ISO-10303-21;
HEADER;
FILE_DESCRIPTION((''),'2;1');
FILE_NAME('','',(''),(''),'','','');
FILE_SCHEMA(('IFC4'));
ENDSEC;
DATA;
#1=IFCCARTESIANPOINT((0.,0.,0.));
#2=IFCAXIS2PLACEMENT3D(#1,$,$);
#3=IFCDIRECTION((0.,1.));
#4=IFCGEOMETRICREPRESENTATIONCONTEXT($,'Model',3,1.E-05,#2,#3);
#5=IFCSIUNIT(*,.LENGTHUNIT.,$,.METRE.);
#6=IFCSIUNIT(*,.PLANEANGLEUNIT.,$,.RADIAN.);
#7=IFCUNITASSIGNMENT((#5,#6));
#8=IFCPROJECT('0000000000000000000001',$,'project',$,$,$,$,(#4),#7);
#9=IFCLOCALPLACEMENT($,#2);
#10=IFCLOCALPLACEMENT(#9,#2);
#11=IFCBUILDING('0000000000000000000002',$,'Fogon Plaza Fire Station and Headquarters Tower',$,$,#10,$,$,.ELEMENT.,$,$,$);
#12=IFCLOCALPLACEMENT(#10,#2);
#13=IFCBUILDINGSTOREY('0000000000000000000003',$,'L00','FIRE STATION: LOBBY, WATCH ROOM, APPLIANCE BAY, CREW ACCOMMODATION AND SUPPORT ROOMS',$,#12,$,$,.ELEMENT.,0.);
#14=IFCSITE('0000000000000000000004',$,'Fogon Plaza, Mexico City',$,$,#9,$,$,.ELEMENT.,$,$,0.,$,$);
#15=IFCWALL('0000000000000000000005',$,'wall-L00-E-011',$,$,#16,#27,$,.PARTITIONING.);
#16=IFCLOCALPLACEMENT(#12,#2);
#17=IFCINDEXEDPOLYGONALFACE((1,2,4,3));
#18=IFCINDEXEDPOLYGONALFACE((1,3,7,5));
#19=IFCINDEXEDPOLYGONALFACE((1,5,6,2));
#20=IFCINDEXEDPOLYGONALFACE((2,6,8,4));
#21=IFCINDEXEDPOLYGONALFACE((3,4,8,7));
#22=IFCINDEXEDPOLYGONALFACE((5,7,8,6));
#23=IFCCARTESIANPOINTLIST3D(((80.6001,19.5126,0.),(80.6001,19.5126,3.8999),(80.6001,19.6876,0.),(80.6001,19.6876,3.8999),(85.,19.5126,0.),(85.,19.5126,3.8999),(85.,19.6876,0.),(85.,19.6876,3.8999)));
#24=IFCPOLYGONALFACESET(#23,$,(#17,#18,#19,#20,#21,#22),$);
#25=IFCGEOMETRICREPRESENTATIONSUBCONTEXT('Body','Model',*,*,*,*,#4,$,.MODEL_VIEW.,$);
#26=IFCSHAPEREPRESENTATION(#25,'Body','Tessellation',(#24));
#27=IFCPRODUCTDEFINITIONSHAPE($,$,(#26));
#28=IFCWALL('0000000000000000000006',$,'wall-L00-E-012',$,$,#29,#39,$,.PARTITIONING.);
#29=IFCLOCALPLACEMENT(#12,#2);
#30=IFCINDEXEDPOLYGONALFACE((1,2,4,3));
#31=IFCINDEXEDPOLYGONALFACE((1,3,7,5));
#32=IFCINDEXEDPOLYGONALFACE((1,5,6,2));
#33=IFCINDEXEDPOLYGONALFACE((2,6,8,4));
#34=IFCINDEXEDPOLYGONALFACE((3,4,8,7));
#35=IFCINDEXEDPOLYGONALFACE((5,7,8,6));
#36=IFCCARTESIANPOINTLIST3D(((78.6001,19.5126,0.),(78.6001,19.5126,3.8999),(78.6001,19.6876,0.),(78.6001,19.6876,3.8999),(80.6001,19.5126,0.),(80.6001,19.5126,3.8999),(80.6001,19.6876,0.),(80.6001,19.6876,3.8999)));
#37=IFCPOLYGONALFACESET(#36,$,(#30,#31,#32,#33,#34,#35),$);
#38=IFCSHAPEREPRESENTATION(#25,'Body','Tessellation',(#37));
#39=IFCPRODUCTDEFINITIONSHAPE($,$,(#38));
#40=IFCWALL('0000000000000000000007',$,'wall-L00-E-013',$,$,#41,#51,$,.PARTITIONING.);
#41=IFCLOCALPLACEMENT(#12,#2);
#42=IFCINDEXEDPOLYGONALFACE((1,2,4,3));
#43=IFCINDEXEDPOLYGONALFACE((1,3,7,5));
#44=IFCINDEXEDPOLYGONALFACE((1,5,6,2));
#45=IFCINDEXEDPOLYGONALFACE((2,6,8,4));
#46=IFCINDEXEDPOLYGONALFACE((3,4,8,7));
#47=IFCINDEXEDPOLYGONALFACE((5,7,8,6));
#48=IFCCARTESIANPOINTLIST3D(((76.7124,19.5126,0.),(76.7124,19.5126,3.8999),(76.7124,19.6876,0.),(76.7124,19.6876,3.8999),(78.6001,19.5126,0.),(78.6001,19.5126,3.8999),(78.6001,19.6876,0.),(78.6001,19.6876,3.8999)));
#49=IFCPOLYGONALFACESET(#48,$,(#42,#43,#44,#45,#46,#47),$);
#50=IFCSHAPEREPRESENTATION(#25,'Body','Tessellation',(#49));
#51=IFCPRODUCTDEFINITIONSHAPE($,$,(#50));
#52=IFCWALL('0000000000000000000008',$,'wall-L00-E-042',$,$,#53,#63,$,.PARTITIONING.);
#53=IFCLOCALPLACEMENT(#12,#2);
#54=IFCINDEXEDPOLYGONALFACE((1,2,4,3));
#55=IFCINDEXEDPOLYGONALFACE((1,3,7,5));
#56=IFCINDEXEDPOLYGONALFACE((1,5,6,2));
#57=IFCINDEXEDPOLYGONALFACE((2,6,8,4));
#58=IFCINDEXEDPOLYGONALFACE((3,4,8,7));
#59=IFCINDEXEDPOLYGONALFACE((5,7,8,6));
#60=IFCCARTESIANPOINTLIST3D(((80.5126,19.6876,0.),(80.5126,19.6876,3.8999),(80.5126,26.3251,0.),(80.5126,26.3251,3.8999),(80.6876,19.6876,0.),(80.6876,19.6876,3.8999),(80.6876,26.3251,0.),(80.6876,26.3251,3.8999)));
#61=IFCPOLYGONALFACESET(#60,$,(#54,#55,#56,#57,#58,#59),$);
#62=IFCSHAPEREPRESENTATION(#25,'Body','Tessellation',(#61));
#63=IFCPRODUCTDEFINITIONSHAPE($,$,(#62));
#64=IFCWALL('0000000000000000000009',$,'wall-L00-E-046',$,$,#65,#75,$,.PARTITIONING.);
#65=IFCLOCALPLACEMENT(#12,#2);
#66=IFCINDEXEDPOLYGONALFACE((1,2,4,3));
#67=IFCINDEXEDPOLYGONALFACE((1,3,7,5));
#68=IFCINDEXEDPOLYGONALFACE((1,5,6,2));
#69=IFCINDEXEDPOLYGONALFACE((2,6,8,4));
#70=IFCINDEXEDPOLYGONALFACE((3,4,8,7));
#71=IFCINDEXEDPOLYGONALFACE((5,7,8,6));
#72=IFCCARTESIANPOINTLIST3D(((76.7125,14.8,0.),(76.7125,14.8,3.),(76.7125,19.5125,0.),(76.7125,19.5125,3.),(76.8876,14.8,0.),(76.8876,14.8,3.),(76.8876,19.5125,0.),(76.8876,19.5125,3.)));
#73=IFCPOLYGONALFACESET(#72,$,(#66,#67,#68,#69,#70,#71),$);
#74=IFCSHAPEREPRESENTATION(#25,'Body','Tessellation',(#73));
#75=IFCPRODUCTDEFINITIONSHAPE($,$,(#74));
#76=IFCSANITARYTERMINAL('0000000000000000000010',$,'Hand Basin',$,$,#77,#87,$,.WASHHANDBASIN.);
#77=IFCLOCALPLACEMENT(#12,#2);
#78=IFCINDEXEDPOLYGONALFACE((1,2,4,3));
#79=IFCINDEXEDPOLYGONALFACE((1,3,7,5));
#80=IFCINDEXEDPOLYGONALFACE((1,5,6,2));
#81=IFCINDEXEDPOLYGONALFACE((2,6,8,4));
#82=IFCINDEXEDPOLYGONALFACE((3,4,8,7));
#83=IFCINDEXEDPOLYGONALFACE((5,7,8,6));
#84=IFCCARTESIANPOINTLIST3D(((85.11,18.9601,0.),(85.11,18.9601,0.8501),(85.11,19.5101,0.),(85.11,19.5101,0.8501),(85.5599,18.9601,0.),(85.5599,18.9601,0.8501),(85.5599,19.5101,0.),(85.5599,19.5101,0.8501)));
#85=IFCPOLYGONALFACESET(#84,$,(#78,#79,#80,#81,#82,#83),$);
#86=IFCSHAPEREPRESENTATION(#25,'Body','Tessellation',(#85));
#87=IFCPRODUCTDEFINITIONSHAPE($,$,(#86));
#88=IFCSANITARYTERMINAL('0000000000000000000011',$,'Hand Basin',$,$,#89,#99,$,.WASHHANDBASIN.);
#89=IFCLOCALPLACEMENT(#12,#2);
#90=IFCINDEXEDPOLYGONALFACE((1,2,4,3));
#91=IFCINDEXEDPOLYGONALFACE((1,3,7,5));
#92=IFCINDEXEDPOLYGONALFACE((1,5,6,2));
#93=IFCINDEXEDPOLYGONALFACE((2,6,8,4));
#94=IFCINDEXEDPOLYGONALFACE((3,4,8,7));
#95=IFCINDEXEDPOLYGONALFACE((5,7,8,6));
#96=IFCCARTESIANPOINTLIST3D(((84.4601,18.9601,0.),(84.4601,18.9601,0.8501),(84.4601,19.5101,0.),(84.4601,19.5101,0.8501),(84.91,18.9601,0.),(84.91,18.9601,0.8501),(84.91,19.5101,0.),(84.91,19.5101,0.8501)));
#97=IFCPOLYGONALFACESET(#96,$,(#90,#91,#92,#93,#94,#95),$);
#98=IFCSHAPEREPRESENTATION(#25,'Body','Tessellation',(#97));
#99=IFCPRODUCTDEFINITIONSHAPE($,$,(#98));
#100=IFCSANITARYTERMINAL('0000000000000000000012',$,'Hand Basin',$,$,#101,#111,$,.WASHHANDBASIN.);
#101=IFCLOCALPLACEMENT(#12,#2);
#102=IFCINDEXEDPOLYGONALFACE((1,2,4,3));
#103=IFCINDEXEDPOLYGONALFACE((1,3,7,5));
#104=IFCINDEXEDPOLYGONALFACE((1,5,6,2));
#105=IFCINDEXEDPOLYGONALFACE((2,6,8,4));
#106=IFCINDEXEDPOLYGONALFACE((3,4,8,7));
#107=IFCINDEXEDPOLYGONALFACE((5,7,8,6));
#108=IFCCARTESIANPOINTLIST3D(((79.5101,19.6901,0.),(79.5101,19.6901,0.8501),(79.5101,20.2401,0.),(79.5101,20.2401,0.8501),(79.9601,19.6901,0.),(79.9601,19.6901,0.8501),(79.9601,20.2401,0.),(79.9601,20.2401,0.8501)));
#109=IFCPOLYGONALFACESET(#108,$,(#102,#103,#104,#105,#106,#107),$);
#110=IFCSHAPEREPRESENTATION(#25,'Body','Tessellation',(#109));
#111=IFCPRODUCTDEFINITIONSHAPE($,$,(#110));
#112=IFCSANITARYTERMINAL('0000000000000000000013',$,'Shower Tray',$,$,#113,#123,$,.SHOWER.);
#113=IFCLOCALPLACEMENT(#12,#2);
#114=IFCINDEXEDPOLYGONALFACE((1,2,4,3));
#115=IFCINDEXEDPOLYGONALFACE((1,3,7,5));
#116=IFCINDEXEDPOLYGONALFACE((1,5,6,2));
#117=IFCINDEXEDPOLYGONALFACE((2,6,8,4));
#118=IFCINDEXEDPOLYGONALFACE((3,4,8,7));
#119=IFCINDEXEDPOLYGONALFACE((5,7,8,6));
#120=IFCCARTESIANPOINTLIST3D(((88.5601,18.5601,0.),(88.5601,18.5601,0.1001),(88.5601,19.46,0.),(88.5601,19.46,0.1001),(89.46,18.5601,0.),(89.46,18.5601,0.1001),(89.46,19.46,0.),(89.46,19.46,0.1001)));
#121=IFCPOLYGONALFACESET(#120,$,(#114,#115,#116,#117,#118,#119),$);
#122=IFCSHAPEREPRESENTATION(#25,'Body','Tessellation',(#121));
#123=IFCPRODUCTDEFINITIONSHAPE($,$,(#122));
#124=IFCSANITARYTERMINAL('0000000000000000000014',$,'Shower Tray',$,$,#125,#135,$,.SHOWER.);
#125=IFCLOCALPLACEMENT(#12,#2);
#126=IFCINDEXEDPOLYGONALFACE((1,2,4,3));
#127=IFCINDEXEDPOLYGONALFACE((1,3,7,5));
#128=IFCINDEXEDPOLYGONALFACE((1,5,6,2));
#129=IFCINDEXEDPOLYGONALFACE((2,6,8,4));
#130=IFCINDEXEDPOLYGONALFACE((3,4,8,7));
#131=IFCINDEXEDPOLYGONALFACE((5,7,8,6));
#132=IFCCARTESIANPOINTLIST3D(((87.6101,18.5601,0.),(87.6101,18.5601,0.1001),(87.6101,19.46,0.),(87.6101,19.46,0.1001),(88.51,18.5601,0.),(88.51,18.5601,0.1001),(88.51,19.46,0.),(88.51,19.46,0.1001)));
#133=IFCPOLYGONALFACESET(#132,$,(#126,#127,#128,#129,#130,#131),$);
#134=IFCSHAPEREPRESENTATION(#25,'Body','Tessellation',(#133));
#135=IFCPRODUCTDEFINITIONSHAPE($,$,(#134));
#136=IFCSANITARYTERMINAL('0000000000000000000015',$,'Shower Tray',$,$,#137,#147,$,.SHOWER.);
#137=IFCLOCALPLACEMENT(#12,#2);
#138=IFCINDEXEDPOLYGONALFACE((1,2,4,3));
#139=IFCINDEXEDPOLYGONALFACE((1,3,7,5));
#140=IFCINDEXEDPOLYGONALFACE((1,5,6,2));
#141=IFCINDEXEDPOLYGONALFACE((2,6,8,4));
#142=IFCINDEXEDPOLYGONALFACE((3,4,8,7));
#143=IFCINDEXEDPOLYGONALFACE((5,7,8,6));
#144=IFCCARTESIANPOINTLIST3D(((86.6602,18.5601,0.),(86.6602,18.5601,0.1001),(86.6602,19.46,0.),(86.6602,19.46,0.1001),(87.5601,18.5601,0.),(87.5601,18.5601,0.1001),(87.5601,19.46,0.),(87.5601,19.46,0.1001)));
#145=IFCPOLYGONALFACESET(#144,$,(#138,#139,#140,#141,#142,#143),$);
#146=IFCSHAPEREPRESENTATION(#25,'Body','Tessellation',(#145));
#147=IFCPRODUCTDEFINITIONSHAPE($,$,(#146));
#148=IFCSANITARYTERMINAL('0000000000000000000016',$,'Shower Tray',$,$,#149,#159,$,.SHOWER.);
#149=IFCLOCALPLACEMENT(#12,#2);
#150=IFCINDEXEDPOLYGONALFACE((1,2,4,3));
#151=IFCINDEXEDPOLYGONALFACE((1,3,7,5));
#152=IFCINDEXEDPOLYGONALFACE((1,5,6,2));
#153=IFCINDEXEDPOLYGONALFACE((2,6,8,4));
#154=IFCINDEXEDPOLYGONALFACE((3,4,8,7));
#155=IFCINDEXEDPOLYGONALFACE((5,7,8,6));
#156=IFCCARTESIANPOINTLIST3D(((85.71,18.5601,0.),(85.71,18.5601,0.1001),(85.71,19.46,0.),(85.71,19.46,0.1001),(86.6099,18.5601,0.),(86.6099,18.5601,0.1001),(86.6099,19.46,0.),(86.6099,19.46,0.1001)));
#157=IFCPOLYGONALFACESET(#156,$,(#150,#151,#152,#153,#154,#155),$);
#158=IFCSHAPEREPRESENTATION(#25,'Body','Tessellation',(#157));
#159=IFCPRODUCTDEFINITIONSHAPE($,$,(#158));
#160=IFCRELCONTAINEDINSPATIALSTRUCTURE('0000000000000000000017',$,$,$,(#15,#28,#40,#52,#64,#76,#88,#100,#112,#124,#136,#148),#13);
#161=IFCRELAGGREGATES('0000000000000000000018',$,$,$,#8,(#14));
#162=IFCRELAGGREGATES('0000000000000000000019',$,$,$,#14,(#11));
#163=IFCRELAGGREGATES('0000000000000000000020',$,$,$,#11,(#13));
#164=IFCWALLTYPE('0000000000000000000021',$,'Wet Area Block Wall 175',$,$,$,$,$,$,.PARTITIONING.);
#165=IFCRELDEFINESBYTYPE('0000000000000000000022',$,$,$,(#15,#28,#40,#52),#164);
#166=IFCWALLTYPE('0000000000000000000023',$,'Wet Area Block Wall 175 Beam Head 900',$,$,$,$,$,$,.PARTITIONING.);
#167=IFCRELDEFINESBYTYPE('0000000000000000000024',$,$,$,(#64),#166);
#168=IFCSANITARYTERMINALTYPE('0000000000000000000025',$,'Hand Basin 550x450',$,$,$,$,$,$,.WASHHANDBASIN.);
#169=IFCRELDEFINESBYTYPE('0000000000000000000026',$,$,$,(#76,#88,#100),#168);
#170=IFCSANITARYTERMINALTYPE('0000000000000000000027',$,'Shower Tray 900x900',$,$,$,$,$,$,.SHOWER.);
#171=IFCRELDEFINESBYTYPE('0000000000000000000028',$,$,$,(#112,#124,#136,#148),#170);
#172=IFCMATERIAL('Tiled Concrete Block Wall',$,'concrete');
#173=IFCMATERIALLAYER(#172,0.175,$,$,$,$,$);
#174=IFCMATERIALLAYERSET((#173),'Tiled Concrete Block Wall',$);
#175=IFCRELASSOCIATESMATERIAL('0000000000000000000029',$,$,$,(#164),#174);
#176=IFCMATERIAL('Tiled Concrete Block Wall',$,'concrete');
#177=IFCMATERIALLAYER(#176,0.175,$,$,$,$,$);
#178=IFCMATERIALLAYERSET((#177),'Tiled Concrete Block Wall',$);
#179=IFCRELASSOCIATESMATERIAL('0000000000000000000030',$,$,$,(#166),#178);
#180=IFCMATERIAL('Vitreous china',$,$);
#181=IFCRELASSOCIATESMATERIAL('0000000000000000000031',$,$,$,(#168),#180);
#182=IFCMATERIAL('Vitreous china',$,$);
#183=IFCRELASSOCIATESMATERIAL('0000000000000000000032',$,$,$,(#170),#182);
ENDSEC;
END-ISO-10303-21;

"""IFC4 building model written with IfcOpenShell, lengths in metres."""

from ifc_helpers import new_model, si_unit, direction, frame, frame_2d, origin, origin_2d, place, context, subcontext, project, spatial, rectangle, extrude, material, layer, layer_set, type_object, element, save


model = new_model("IFC4")

# Units and contexts
model_context = context("Model", 3, precision=1e-05, world=origin(), true_north=direction((0.0, 1.0)))
body_context = subcontext(model_context, "Body", "Model", "MODEL_VIEW")
ifc_project = project(units=[si_unit("LENGTHUNIT", "METRE"), si_unit("PLANEANGLEUNIT", "RADIAN")], contexts=[model_context])

# Site, building, storey
site_placement = place(None, origin())
site = spatial("IfcSite", under=ifc_project, at=site_placement, Name="Fogon Plaza, Mexico City", CompositionType="ELEMENT", RefElevation=0.0)
building_placement = place(site_placement, origin())
building = spatial("IfcBuilding", under=site, at=building_placement, Name="Fogon Plaza Fire Station and Headquarters Tower", CompositionType="ELEMENT")
storey_placement = place(building_placement, origin())
storey = spatial("IfcBuildingStorey", under=building, at=storey_placement, Name="L00", Description="FIRE STATION: LOBBY, WATCH ROOM, APPLIANCE BAY, CREW ACCOMMODATION AND SUPPORT ROOMS", CompositionType="ELEMENT", Elevation=0.0)

# Walls
ifc_material_1 = material(Name="Tiled Concrete Block Wall", Category="concrete")
ifc_layer_1 = layer(ifc_material_1, 0.175)
ifc_layer_set_1 = layer_set([ifc_layer_1], Name="Tiled Concrete Block Wall")
wall_type_1 = type_object("IfcWallType", Name="Wet Area Block Wall 175", PredefinedType="PARTITIONING", material=ifc_layer_set_1)
wall_1_placement = place(storey_placement, frame((85.0, 19.6001, 0.0), z_axis=(0.0, 0.0, 1.0), x_axis=(-1.0, 0.0, 0.0)))
element("IfcWall", 1, at=wall_1_placement, inside=storey, type_object=wall_type_1, Name="wall-L00-E-011", PredefinedType="PARTITIONING", context=body_context, shape_type="SweptSolid", body=[
    extrude(rectangle(XDim=4.3999, YDim=0.175, at=frame_2d((2.2, 0.0))), origin(), (0.0, 0.0, 1.0), 3.8999),
])
wall_2_placement = place(storey_placement, frame((80.6001, 19.6001, 0.0), z_axis=(0.0, 0.0, 1.0), x_axis=(-1.0, 0.0, 0.0)))
element("IfcWall", 2, at=wall_2_placement, inside=storey, type_object=wall_type_1, Name="wall-L00-E-012", PredefinedType="PARTITIONING", context=body_context, shape_type="SweptSolid", body=[
    extrude(rectangle(XDim=2.0, YDim=0.175, at=frame_2d((1.0, 0.0))), origin(), (0.0, 0.0, 1.0), 3.8999),
])
wall_3_placement = place(storey_placement, frame((78.6001, 19.6001, 0.0), z_axis=(0.0, 0.0, 1.0), x_axis=(-1.0, 0.0, 0.0)))
element("IfcWall", 3, at=wall_3_placement, inside=storey, type_object=wall_type_1, Name="wall-L00-E-013", PredefinedType="PARTITIONING", context=body_context, shape_type="SweptSolid", body=[
    extrude(rectangle(XDim=1.8877, YDim=0.175, at=frame_2d((0.9438, 0.0))), origin(), (0.0, 0.0, 1.0), 3.8999),
])
wall_4_placement = place(storey_placement, frame((80.6001, 19.6875, 0.0), z_axis=(0.0, 0.0, 1.0), x_axis=(0.0, 1.0, 0.0)))
element("IfcWall", 4, at=wall_4_placement, inside=storey, type_object=wall_type_1, Name="wall-L00-E-042", PredefinedType="PARTITIONING", context=body_context, shape_type="SweptSolid", body=[
    extrude(rectangle(XDim=6.6375, YDim=0.175, at=frame_2d((3.3188, 0.0))), origin(), (0.0, 0.0, 1.0), 3.8999),
])
ifc_material_2 = material(Name="Tiled Concrete Block Wall", Category="concrete")
ifc_layer_2 = layer(ifc_material_2, 0.175)
ifc_layer_set_2 = layer_set([ifc_layer_2], Name="Tiled Concrete Block Wall")
wall_type_2 = type_object("IfcWallType", Name="Wet Area Block Wall 175 Beam Head 900", PredefinedType="PARTITIONING", material=ifc_layer_set_2)
wall_5_placement = place(storey_placement, frame((76.8, 14.8, 0.0), z_axis=(0.0, 0.0, 1.0), x_axis=(0.0, 1.0, 0.0)))
element("IfcWall", 5, at=wall_5_placement, inside=storey, type_object=wall_type_2, Name="wall-L00-E-046", PredefinedType="PARTITIONING", context=body_context, shape_type="SweptSolid", body=[
    extrude(rectangle(XDim=4.7124, YDim=0.175, at=frame_2d((2.3562, 0.0))), origin(), (0.0, 0.0, 1.0), 3.0),
])

# Sanitary terminals
ifc_material_3 = material(Name="Vitreous china")
sanitary_terminal_type_1 = type_object("IfcSanitaryTerminalType", Name="Hand Basin 550x450", PredefinedType="WASHHANDBASIN", material=ifc_material_3)
for number, where, z_axis, x_axis, name in (
    (6, (85.335, 19.2351, 0.0), (0.0, 0.0, 1.0), (1.0, 0.0, 0.0), "Hand Basin"),
    (7, (84.6851, 19.2351, 0.0), (0.0, 0.0, 1.0), (1.0, 0.0, 0.0), "Hand Basin"),
    (8, (79.7351, 19.9651, 0.0), (0.0, 0.0, 1.0), (1.0, 0.0, 0.0), "Hand Basin"),
):
    element("IfcSanitaryTerminal", number, at=place(storey_placement, frame(where, z_axis=z_axis, x_axis=x_axis)), inside=storey, type_object=sanitary_terminal_type_1, Name=name, PredefinedType="WASHHANDBASIN", context=body_context, shape_type="SweptSolid", body=[
        extrude(rectangle(XDim=0.45, YDim=0.55, at=origin_2d()), origin(), (0.0, 0.0, 1.0), 0.8501),
    ])
ifc_material_4 = material(Name="Vitreous china")
sanitary_terminal_type_2 = type_object("IfcSanitaryTerminalType", Name="Shower Tray 900x900", PredefinedType="SHOWER", material=ifc_material_4)
for number, where, z_axis, x_axis, name in (
    (9, (89.01, 19.01, 0.0), (0.0, 0.0, 1.0), (1.0, 0.0, 0.0), "Shower Tray"),
    (10, (88.0601, 19.01, 0.0), (0.0, 0.0, 1.0), (1.0, 0.0, 0.0), "Shower Tray"),
    (11, (87.1101, 19.01, 0.0), (0.0, 0.0, 1.0), (1.0, 0.0, 0.0), "Shower Tray"),
    (12, (86.1599, 19.01, 0.0), (0.0, 0.0, 1.0), (1.0, 0.0, 0.0), "Shower Tray"),
):
    element("IfcSanitaryTerminal", number, at=place(storey_placement, frame(where, z_axis=z_axis, x_axis=x_axis)), inside=storey, type_object=sanitary_terminal_type_2, Name=name, PredefinedType="SHOWER", context=body_context, shape_type="SweptSolid", body=[
        extrude(rectangle(XDim=0.8999, YDim=0.8999, at=origin_2d()), origin(), (0.0, 0.0, 1.0), 0.1001),
    ])

save(model, "model.ifc")
